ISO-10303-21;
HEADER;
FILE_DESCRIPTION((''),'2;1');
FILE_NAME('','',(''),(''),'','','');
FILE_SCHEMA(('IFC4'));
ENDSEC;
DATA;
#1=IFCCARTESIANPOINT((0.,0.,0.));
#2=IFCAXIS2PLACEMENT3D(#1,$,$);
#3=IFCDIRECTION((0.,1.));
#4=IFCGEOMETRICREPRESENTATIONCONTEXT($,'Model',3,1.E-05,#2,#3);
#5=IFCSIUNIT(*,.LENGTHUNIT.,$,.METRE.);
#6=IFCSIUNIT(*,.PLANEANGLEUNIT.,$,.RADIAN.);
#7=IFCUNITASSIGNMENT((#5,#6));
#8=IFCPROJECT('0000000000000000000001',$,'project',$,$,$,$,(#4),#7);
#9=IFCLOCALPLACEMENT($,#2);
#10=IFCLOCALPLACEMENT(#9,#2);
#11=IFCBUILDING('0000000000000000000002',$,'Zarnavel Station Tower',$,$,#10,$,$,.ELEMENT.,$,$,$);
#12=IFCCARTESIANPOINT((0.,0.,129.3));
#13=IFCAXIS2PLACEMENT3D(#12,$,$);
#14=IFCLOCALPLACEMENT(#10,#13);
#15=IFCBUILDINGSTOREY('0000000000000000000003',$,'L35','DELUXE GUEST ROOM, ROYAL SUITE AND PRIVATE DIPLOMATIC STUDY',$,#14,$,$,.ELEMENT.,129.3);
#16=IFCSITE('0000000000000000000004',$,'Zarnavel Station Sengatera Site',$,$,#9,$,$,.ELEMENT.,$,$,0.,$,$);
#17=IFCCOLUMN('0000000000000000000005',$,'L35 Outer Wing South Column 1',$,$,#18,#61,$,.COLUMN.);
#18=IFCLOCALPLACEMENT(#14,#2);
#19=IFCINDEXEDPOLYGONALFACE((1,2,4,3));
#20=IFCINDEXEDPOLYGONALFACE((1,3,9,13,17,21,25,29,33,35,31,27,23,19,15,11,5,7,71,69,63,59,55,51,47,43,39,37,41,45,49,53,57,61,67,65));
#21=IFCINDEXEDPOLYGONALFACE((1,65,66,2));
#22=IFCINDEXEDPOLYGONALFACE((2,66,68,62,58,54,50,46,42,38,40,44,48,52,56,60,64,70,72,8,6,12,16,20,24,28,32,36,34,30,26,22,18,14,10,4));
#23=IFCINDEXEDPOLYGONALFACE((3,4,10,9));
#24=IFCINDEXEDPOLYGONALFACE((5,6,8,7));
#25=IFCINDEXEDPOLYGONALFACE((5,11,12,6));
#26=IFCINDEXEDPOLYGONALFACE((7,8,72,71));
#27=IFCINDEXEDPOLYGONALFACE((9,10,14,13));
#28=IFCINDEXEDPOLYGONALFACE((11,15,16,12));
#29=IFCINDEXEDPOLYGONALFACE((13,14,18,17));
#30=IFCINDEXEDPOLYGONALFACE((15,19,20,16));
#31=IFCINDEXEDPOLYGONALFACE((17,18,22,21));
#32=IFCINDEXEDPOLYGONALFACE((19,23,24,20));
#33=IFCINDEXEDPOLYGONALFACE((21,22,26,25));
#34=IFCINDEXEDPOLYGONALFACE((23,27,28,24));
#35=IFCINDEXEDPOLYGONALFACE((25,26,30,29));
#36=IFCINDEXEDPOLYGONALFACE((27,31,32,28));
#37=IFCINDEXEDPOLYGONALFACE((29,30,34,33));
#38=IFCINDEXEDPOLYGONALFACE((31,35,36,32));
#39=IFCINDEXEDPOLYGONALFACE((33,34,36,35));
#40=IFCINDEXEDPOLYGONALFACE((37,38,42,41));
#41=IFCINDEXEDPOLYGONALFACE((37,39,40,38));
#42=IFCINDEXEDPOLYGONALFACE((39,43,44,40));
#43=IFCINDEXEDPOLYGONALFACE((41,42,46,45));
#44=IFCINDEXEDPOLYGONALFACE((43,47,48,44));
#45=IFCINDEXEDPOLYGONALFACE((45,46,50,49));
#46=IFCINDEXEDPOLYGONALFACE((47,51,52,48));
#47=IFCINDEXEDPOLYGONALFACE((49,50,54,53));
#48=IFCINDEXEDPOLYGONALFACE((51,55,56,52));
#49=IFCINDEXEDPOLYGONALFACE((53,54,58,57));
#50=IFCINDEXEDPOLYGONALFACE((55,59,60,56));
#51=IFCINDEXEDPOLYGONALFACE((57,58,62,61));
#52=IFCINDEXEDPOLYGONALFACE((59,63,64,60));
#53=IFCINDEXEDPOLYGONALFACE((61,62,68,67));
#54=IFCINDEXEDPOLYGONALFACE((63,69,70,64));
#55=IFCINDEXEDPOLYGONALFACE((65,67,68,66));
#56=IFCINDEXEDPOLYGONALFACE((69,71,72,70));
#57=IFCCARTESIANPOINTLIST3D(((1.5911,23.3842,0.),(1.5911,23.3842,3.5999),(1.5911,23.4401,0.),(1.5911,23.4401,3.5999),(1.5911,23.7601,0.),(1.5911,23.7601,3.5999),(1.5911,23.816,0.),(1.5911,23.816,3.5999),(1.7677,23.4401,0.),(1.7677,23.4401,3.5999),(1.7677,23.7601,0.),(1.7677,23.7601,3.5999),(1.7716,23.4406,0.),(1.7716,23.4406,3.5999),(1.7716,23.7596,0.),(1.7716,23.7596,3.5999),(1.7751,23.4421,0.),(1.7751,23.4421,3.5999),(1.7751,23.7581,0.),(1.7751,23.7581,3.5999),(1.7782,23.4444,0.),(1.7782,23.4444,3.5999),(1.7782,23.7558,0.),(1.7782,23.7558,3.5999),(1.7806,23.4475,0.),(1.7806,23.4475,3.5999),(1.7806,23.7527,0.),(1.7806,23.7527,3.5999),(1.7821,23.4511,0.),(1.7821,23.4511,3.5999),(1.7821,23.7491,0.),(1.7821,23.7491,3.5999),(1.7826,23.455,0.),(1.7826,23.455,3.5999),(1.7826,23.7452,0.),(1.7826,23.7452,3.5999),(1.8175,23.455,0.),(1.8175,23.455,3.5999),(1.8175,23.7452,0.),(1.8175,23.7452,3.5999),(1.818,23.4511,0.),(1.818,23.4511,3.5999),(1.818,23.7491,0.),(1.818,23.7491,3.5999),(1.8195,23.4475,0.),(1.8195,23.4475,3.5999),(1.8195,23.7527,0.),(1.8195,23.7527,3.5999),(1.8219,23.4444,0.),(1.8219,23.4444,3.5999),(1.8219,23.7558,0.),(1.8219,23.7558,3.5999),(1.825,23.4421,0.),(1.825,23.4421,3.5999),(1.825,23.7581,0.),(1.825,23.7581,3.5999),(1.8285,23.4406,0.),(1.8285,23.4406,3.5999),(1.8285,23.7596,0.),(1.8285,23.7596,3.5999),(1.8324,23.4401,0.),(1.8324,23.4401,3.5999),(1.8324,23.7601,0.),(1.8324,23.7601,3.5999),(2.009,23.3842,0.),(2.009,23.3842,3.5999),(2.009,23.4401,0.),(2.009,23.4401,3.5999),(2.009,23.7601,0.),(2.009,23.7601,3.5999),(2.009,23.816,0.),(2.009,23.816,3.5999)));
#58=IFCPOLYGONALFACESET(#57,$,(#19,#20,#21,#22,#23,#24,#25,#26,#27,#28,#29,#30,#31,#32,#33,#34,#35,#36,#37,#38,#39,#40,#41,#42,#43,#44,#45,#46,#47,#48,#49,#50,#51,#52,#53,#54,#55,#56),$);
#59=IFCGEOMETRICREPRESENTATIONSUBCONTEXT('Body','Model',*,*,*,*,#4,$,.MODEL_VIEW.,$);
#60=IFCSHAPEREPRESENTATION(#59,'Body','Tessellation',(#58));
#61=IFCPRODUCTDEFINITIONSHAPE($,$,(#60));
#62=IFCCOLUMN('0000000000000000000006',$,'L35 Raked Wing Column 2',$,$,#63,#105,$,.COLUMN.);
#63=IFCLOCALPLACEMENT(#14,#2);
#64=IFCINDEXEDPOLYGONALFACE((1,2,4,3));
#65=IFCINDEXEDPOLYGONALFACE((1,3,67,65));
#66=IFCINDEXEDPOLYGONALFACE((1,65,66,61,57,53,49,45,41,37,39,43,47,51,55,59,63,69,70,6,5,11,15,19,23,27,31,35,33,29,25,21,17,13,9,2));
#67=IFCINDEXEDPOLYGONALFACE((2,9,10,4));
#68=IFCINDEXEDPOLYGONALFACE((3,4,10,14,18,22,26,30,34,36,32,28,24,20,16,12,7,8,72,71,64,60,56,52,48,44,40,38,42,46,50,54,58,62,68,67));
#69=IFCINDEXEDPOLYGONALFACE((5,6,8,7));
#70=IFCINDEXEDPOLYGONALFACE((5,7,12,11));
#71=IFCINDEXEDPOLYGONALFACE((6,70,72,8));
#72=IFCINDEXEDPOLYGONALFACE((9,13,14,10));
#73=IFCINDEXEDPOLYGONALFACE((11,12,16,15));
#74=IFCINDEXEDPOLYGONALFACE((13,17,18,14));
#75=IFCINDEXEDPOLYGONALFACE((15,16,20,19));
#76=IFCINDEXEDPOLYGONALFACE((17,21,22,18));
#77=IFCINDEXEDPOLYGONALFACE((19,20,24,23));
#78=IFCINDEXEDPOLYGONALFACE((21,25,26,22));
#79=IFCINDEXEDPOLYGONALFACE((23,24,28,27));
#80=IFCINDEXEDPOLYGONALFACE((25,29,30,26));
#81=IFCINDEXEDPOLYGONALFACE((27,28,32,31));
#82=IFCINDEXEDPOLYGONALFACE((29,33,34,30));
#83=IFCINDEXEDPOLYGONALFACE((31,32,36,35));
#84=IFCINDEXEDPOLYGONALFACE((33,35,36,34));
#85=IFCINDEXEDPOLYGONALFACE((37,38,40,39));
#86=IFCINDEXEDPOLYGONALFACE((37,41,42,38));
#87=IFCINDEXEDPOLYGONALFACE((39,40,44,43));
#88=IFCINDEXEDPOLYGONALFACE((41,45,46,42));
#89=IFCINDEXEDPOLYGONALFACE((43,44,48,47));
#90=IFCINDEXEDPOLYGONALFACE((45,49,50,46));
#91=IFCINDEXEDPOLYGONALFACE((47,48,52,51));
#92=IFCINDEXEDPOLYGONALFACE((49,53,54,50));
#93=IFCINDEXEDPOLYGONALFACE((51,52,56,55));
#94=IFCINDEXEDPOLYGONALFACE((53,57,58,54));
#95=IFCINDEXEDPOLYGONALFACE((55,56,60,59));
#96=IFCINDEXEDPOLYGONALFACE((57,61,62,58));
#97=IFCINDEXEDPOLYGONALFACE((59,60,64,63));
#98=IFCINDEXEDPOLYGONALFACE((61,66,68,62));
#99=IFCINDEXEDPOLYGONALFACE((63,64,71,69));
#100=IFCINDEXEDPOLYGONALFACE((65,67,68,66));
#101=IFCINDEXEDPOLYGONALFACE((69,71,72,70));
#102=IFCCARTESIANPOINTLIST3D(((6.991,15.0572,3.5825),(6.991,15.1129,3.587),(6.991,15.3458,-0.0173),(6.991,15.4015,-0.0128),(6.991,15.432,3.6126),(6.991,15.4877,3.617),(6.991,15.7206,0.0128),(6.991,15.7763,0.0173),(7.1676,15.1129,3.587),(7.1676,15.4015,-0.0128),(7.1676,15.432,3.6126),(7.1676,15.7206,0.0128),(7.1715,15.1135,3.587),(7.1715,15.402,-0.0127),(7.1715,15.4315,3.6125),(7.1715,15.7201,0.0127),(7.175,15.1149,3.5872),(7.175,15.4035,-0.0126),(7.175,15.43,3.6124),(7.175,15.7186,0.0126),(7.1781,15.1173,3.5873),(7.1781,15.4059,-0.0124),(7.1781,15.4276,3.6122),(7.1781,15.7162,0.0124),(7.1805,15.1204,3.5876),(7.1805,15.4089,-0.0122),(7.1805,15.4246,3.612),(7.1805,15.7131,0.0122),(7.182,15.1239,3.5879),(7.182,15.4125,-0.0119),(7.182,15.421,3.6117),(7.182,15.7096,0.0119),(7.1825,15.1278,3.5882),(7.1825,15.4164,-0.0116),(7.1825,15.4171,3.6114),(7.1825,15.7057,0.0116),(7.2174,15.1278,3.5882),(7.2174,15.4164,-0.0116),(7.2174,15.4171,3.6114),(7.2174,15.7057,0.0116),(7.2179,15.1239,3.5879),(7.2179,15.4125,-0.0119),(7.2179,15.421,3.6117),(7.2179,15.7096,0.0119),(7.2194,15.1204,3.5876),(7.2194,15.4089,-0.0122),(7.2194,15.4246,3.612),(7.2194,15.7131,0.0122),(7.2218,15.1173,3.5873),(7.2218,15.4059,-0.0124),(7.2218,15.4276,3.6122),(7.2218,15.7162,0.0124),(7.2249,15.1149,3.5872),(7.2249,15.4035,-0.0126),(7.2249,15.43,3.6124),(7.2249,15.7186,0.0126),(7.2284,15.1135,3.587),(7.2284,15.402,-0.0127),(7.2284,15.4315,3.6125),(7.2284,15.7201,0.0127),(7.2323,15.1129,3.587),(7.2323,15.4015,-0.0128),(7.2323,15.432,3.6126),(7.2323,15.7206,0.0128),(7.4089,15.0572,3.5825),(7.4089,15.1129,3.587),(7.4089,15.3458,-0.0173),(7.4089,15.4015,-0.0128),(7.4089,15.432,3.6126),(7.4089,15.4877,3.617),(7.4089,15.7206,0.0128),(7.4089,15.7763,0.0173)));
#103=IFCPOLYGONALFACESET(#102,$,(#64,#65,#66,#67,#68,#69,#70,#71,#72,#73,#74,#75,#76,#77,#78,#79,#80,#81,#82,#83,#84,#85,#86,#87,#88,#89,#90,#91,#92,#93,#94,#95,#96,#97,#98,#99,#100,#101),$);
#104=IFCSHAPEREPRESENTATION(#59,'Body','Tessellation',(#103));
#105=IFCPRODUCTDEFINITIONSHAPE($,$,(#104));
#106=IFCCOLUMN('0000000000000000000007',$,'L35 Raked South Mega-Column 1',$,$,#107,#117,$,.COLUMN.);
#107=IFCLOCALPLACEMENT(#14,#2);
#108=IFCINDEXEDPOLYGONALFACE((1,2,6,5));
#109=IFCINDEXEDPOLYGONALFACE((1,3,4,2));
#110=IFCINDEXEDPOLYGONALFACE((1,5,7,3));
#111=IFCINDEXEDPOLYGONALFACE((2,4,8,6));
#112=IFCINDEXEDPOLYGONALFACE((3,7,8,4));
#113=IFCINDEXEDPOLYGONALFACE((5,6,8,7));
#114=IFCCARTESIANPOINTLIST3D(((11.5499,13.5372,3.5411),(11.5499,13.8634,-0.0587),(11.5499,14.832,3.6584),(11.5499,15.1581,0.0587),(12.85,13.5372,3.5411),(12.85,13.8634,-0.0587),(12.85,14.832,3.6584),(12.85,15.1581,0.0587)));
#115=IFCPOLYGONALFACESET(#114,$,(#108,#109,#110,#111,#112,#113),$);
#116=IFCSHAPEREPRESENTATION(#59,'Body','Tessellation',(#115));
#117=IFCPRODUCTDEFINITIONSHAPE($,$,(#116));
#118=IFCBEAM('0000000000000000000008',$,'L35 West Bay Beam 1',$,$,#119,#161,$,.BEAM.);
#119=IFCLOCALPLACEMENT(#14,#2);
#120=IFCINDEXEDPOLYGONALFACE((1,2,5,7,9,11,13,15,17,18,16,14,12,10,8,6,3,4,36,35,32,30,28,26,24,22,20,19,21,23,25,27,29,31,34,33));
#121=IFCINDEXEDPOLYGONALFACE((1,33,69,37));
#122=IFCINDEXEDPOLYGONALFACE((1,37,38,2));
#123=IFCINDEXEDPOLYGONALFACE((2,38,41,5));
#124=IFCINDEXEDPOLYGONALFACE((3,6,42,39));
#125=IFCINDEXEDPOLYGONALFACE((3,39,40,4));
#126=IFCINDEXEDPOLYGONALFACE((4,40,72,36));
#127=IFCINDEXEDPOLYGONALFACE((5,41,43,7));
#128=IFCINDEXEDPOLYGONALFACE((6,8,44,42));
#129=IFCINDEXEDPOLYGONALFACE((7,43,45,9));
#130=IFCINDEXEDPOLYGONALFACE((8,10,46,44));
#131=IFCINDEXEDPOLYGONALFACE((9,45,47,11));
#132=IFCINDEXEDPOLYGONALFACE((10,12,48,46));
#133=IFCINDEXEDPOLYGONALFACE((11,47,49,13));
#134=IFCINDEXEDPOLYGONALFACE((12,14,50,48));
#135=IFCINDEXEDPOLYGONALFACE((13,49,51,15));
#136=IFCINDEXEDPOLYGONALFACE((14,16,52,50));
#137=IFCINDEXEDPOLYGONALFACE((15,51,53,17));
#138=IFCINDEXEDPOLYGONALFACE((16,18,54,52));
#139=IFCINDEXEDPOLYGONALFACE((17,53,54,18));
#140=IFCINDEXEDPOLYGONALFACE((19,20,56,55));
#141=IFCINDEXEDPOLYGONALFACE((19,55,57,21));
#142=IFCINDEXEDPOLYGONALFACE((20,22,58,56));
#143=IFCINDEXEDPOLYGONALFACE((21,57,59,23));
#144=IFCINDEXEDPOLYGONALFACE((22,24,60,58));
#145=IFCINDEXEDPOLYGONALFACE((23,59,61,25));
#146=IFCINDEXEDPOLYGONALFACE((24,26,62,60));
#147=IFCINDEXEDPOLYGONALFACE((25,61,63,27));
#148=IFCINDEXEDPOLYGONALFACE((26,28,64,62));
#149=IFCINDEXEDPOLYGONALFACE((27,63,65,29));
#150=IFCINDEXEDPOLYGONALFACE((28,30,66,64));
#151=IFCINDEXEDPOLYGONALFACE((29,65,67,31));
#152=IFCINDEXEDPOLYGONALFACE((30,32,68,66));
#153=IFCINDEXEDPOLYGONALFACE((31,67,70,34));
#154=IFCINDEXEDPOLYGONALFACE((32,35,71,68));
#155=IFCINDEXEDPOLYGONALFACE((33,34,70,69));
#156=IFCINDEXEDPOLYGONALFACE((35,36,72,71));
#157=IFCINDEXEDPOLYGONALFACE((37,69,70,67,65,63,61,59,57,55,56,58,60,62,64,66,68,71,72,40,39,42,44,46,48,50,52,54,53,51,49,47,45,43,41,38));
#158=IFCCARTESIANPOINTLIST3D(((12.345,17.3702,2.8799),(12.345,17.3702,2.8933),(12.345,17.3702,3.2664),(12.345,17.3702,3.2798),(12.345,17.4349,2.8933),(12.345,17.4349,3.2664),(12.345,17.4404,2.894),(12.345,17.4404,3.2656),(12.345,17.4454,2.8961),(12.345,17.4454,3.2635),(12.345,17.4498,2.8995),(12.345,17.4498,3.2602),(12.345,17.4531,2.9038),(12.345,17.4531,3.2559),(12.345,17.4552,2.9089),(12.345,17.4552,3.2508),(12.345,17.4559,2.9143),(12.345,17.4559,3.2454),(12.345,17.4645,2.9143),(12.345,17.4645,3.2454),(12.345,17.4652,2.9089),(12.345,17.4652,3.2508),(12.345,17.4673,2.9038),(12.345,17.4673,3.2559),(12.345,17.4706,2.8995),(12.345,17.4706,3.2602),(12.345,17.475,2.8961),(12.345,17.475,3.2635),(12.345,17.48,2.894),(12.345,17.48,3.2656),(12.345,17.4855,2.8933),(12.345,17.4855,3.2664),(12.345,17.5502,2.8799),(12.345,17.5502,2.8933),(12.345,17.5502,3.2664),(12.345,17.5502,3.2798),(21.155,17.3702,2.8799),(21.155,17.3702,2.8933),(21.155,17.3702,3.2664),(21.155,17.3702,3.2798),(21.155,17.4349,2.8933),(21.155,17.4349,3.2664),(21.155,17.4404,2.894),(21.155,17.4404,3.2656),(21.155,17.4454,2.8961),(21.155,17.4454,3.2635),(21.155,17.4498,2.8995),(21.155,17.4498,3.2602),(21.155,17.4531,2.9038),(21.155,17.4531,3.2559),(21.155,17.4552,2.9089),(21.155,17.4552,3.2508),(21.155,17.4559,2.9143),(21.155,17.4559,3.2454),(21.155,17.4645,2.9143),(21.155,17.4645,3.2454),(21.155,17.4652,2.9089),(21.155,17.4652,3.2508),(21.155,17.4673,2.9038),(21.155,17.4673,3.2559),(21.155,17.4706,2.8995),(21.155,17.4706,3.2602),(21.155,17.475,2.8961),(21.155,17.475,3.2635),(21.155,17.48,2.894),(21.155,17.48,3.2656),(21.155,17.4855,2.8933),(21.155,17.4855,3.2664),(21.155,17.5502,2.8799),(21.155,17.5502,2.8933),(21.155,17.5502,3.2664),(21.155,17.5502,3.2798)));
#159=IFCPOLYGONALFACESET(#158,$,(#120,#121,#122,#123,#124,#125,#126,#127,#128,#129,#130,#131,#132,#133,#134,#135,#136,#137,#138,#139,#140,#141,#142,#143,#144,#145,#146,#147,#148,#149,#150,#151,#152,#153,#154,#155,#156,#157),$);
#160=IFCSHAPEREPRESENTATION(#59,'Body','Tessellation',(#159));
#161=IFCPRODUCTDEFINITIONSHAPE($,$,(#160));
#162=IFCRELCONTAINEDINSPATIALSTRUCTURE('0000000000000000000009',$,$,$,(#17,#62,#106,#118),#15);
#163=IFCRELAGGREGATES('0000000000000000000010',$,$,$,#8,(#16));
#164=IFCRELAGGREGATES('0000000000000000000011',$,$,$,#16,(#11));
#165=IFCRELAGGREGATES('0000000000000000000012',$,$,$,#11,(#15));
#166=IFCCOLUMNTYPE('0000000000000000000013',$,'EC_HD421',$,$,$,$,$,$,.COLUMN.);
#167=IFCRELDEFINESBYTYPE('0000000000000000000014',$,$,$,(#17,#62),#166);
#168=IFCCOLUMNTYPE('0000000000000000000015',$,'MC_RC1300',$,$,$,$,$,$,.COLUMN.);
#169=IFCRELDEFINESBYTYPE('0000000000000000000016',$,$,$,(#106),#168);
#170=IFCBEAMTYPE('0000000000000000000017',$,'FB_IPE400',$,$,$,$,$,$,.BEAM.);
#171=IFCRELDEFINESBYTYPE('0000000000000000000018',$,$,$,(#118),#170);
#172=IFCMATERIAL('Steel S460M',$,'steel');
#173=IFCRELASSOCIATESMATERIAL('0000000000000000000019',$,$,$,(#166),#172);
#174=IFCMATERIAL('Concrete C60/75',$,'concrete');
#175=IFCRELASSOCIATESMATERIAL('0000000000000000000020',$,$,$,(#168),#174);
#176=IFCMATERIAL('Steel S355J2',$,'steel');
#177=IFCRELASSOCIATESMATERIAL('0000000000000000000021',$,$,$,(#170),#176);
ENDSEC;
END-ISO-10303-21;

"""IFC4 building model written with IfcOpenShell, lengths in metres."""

from ifc_helpers import new_model, si_unit, direction, frame, origin, origin_2d, place, context, subcontext, project, spatial, rectangle, i_section, extrude, material, material_profile, profile_set, type_object, element, save


model = new_model("IFC4")

# Units and contexts
model_context = context("Model", 3, precision=1e-05, world=origin(), true_north=direction((0.0, 1.0)))
body_context = subcontext(model_context, "Body", "Model", "MODEL_VIEW")
ifc_project = project(units=[si_unit("LENGTHUNIT", "METRE"), si_unit("PLANEANGLEUNIT", "RADIAN")], contexts=[model_context])

# Site, building, storey
site_placement = place(None, origin())
site = spatial("IfcSite", under=ifc_project, at=site_placement, Name="Zarnavel Station Sengatera Site", CompositionType="ELEMENT", RefElevation=0.0)
building_placement = place(site_placement, origin())
building = spatial("IfcBuilding", under=site, at=building_placement, Name="Zarnavel Station Tower", CompositionType="ELEMENT")
storey_placement = place(building_placement, frame((0.0, 0.0, 129.3)))
storey = spatial("IfcBuildingStorey", under=building, at=storey_placement, Name="L35", Description="DELUXE GUEST ROOM, ROYAL SUITE AND PRIVATE DIPLOMATIC STUDY", CompositionType="ELEMENT", Elevation=129.3)

# Columns
ifc_material_1 = material(Name="Steel S460M", Category="steel")
ifc_material_profile_1 = material_profile(ifc_material_1, i_section(OverallWidth=0.418, OverallDepth=0.4319, WebThickness=0.0349, FlangeThickness=0.0559, FilletRadius=0.0149, at=origin_2d()), Name="HD400x421")
ifc_profile_set_1 = profile_set([ifc_material_profile_1], Name="Steel S460M")
column_type_1 = type_object("IfcColumnType", Name="EC_HD421", PredefinedType="COLUMN", material=ifc_profile_set_1)
column_1_placement = place(storey_placement, frame((1.8, 23.6001, 0.0), z_axis=(0.0, 0.0, 1.0), x_axis=(1.0, 0.0, 0.0)))
element("IfcColumn", 1, at=column_1_placement, inside=storey, type_object=column_type_1, Name="L35 Outer Wing South Column 1", PredefinedType="COLUMN", context=body_context, shape_type="SweptSolid", body=[
    extrude(i_section(OverallWidth=0.418, OverallDepth=0.4319, WebThickness=0.0349, FlangeThickness=0.0559, FilletRadius=0.0149, at=origin_2d()), origin(), (0.0, 0.0, 1.0), 3.5999),
])
column_2_placement = place(storey_placement, frame((7.2, 15.561, 0.0), z_axis=(0.0, -0.079906, 0.996802), x_axis=(1.0, 0.0, 0.0)))
element("IfcColumn", 2, at=column_2_placement, inside=storey, type_object=column_type_1, Name="L35 Raked Wing Column 2", PredefinedType="COLUMN", context=body_context, shape_type="SweptSolid", body=[
    extrude(i_section(OverallWidth=0.418, OverallDepth=0.4319, WebThickness=0.0349, FlangeThickness=0.0559, FilletRadius=0.0149, at=origin_2d()), origin(), (0.0, 0.0, 1.0), 3.6113),
])
ifc_material_2 = material(Name="Concrete C60/75", Category="concrete")
ifc_material_profile_2 = material_profile(ifc_material_2, rectangle(XDim=1.3, YDim=1.3, at=origin_2d()), Name="RC1300x1300")
ifc_profile_set_2 = profile_set([ifc_material_profile_2], Name="Concrete C60/75")
column_type_2 = type_object("IfcColumnType", Name="MC_RC1300", PredefinedType="COLUMN", material=ifc_profile_set_2)
column_3_placement = place(storey_placement, frame((12.2, 14.5107, 0.0), z_axis=(0.0, -0.090237, 0.99592), x_axis=(1.0, 0.0, 0.0)))
element("IfcColumn", 3, at=column_3_placement, inside=storey, type_object=column_type_2, Name="L35 Raked South Mega-Column 1", PredefinedType="COLUMN", context=body_context, shape_type="SweptSolid", body=[
    extrude(rectangle(XDim=1.3, YDim=1.3, at=origin_2d()), origin(), (0.0, 0.0, 1.0), 3.6145),
])

# Beam
ifc_material_3 = material(Name="Steel S355J2", Category="steel")
ifc_material_profile_3 = material_profile(ifc_material_3, i_section(OverallWidth=0.1799, OverallDepth=0.3999, WebThickness=0.0085, FlangeThickness=0.0134, FilletRadius=0.021, at=origin_2d()), Name="IPE400")
ifc_profile_set_3 = profile_set([ifc_material_profile_3], Name="Steel S355J2")
beam_type_1 = type_object("IfcBeamType", Name="FB_IPE400", PredefinedType="BEAM", material=ifc_profile_set_3)
beam_1_placement = place(storey_placement, frame((12.345, 17.4602, 3.0798), z_axis=(1.0, 0.0, 0.0), x_axis=(0.0, 1.0, 0.0)))
element("IfcBeam", 4, at=beam_1_placement, inside=storey, type_object=beam_type_1, Name="L35 West Bay Beam 1", PredefinedType="BEAM", context=body_context, shape_type="SweptSolid", body=[
    extrude(i_section(OverallWidth=0.1799, OverallDepth=0.3999, WebThickness=0.0085, FlangeThickness=0.0134, FilletRadius=0.021, at=origin_2d()), origin(), (0.0, 0.0, 1.0), 8.8101),
])

save(model, "model.ifc")
